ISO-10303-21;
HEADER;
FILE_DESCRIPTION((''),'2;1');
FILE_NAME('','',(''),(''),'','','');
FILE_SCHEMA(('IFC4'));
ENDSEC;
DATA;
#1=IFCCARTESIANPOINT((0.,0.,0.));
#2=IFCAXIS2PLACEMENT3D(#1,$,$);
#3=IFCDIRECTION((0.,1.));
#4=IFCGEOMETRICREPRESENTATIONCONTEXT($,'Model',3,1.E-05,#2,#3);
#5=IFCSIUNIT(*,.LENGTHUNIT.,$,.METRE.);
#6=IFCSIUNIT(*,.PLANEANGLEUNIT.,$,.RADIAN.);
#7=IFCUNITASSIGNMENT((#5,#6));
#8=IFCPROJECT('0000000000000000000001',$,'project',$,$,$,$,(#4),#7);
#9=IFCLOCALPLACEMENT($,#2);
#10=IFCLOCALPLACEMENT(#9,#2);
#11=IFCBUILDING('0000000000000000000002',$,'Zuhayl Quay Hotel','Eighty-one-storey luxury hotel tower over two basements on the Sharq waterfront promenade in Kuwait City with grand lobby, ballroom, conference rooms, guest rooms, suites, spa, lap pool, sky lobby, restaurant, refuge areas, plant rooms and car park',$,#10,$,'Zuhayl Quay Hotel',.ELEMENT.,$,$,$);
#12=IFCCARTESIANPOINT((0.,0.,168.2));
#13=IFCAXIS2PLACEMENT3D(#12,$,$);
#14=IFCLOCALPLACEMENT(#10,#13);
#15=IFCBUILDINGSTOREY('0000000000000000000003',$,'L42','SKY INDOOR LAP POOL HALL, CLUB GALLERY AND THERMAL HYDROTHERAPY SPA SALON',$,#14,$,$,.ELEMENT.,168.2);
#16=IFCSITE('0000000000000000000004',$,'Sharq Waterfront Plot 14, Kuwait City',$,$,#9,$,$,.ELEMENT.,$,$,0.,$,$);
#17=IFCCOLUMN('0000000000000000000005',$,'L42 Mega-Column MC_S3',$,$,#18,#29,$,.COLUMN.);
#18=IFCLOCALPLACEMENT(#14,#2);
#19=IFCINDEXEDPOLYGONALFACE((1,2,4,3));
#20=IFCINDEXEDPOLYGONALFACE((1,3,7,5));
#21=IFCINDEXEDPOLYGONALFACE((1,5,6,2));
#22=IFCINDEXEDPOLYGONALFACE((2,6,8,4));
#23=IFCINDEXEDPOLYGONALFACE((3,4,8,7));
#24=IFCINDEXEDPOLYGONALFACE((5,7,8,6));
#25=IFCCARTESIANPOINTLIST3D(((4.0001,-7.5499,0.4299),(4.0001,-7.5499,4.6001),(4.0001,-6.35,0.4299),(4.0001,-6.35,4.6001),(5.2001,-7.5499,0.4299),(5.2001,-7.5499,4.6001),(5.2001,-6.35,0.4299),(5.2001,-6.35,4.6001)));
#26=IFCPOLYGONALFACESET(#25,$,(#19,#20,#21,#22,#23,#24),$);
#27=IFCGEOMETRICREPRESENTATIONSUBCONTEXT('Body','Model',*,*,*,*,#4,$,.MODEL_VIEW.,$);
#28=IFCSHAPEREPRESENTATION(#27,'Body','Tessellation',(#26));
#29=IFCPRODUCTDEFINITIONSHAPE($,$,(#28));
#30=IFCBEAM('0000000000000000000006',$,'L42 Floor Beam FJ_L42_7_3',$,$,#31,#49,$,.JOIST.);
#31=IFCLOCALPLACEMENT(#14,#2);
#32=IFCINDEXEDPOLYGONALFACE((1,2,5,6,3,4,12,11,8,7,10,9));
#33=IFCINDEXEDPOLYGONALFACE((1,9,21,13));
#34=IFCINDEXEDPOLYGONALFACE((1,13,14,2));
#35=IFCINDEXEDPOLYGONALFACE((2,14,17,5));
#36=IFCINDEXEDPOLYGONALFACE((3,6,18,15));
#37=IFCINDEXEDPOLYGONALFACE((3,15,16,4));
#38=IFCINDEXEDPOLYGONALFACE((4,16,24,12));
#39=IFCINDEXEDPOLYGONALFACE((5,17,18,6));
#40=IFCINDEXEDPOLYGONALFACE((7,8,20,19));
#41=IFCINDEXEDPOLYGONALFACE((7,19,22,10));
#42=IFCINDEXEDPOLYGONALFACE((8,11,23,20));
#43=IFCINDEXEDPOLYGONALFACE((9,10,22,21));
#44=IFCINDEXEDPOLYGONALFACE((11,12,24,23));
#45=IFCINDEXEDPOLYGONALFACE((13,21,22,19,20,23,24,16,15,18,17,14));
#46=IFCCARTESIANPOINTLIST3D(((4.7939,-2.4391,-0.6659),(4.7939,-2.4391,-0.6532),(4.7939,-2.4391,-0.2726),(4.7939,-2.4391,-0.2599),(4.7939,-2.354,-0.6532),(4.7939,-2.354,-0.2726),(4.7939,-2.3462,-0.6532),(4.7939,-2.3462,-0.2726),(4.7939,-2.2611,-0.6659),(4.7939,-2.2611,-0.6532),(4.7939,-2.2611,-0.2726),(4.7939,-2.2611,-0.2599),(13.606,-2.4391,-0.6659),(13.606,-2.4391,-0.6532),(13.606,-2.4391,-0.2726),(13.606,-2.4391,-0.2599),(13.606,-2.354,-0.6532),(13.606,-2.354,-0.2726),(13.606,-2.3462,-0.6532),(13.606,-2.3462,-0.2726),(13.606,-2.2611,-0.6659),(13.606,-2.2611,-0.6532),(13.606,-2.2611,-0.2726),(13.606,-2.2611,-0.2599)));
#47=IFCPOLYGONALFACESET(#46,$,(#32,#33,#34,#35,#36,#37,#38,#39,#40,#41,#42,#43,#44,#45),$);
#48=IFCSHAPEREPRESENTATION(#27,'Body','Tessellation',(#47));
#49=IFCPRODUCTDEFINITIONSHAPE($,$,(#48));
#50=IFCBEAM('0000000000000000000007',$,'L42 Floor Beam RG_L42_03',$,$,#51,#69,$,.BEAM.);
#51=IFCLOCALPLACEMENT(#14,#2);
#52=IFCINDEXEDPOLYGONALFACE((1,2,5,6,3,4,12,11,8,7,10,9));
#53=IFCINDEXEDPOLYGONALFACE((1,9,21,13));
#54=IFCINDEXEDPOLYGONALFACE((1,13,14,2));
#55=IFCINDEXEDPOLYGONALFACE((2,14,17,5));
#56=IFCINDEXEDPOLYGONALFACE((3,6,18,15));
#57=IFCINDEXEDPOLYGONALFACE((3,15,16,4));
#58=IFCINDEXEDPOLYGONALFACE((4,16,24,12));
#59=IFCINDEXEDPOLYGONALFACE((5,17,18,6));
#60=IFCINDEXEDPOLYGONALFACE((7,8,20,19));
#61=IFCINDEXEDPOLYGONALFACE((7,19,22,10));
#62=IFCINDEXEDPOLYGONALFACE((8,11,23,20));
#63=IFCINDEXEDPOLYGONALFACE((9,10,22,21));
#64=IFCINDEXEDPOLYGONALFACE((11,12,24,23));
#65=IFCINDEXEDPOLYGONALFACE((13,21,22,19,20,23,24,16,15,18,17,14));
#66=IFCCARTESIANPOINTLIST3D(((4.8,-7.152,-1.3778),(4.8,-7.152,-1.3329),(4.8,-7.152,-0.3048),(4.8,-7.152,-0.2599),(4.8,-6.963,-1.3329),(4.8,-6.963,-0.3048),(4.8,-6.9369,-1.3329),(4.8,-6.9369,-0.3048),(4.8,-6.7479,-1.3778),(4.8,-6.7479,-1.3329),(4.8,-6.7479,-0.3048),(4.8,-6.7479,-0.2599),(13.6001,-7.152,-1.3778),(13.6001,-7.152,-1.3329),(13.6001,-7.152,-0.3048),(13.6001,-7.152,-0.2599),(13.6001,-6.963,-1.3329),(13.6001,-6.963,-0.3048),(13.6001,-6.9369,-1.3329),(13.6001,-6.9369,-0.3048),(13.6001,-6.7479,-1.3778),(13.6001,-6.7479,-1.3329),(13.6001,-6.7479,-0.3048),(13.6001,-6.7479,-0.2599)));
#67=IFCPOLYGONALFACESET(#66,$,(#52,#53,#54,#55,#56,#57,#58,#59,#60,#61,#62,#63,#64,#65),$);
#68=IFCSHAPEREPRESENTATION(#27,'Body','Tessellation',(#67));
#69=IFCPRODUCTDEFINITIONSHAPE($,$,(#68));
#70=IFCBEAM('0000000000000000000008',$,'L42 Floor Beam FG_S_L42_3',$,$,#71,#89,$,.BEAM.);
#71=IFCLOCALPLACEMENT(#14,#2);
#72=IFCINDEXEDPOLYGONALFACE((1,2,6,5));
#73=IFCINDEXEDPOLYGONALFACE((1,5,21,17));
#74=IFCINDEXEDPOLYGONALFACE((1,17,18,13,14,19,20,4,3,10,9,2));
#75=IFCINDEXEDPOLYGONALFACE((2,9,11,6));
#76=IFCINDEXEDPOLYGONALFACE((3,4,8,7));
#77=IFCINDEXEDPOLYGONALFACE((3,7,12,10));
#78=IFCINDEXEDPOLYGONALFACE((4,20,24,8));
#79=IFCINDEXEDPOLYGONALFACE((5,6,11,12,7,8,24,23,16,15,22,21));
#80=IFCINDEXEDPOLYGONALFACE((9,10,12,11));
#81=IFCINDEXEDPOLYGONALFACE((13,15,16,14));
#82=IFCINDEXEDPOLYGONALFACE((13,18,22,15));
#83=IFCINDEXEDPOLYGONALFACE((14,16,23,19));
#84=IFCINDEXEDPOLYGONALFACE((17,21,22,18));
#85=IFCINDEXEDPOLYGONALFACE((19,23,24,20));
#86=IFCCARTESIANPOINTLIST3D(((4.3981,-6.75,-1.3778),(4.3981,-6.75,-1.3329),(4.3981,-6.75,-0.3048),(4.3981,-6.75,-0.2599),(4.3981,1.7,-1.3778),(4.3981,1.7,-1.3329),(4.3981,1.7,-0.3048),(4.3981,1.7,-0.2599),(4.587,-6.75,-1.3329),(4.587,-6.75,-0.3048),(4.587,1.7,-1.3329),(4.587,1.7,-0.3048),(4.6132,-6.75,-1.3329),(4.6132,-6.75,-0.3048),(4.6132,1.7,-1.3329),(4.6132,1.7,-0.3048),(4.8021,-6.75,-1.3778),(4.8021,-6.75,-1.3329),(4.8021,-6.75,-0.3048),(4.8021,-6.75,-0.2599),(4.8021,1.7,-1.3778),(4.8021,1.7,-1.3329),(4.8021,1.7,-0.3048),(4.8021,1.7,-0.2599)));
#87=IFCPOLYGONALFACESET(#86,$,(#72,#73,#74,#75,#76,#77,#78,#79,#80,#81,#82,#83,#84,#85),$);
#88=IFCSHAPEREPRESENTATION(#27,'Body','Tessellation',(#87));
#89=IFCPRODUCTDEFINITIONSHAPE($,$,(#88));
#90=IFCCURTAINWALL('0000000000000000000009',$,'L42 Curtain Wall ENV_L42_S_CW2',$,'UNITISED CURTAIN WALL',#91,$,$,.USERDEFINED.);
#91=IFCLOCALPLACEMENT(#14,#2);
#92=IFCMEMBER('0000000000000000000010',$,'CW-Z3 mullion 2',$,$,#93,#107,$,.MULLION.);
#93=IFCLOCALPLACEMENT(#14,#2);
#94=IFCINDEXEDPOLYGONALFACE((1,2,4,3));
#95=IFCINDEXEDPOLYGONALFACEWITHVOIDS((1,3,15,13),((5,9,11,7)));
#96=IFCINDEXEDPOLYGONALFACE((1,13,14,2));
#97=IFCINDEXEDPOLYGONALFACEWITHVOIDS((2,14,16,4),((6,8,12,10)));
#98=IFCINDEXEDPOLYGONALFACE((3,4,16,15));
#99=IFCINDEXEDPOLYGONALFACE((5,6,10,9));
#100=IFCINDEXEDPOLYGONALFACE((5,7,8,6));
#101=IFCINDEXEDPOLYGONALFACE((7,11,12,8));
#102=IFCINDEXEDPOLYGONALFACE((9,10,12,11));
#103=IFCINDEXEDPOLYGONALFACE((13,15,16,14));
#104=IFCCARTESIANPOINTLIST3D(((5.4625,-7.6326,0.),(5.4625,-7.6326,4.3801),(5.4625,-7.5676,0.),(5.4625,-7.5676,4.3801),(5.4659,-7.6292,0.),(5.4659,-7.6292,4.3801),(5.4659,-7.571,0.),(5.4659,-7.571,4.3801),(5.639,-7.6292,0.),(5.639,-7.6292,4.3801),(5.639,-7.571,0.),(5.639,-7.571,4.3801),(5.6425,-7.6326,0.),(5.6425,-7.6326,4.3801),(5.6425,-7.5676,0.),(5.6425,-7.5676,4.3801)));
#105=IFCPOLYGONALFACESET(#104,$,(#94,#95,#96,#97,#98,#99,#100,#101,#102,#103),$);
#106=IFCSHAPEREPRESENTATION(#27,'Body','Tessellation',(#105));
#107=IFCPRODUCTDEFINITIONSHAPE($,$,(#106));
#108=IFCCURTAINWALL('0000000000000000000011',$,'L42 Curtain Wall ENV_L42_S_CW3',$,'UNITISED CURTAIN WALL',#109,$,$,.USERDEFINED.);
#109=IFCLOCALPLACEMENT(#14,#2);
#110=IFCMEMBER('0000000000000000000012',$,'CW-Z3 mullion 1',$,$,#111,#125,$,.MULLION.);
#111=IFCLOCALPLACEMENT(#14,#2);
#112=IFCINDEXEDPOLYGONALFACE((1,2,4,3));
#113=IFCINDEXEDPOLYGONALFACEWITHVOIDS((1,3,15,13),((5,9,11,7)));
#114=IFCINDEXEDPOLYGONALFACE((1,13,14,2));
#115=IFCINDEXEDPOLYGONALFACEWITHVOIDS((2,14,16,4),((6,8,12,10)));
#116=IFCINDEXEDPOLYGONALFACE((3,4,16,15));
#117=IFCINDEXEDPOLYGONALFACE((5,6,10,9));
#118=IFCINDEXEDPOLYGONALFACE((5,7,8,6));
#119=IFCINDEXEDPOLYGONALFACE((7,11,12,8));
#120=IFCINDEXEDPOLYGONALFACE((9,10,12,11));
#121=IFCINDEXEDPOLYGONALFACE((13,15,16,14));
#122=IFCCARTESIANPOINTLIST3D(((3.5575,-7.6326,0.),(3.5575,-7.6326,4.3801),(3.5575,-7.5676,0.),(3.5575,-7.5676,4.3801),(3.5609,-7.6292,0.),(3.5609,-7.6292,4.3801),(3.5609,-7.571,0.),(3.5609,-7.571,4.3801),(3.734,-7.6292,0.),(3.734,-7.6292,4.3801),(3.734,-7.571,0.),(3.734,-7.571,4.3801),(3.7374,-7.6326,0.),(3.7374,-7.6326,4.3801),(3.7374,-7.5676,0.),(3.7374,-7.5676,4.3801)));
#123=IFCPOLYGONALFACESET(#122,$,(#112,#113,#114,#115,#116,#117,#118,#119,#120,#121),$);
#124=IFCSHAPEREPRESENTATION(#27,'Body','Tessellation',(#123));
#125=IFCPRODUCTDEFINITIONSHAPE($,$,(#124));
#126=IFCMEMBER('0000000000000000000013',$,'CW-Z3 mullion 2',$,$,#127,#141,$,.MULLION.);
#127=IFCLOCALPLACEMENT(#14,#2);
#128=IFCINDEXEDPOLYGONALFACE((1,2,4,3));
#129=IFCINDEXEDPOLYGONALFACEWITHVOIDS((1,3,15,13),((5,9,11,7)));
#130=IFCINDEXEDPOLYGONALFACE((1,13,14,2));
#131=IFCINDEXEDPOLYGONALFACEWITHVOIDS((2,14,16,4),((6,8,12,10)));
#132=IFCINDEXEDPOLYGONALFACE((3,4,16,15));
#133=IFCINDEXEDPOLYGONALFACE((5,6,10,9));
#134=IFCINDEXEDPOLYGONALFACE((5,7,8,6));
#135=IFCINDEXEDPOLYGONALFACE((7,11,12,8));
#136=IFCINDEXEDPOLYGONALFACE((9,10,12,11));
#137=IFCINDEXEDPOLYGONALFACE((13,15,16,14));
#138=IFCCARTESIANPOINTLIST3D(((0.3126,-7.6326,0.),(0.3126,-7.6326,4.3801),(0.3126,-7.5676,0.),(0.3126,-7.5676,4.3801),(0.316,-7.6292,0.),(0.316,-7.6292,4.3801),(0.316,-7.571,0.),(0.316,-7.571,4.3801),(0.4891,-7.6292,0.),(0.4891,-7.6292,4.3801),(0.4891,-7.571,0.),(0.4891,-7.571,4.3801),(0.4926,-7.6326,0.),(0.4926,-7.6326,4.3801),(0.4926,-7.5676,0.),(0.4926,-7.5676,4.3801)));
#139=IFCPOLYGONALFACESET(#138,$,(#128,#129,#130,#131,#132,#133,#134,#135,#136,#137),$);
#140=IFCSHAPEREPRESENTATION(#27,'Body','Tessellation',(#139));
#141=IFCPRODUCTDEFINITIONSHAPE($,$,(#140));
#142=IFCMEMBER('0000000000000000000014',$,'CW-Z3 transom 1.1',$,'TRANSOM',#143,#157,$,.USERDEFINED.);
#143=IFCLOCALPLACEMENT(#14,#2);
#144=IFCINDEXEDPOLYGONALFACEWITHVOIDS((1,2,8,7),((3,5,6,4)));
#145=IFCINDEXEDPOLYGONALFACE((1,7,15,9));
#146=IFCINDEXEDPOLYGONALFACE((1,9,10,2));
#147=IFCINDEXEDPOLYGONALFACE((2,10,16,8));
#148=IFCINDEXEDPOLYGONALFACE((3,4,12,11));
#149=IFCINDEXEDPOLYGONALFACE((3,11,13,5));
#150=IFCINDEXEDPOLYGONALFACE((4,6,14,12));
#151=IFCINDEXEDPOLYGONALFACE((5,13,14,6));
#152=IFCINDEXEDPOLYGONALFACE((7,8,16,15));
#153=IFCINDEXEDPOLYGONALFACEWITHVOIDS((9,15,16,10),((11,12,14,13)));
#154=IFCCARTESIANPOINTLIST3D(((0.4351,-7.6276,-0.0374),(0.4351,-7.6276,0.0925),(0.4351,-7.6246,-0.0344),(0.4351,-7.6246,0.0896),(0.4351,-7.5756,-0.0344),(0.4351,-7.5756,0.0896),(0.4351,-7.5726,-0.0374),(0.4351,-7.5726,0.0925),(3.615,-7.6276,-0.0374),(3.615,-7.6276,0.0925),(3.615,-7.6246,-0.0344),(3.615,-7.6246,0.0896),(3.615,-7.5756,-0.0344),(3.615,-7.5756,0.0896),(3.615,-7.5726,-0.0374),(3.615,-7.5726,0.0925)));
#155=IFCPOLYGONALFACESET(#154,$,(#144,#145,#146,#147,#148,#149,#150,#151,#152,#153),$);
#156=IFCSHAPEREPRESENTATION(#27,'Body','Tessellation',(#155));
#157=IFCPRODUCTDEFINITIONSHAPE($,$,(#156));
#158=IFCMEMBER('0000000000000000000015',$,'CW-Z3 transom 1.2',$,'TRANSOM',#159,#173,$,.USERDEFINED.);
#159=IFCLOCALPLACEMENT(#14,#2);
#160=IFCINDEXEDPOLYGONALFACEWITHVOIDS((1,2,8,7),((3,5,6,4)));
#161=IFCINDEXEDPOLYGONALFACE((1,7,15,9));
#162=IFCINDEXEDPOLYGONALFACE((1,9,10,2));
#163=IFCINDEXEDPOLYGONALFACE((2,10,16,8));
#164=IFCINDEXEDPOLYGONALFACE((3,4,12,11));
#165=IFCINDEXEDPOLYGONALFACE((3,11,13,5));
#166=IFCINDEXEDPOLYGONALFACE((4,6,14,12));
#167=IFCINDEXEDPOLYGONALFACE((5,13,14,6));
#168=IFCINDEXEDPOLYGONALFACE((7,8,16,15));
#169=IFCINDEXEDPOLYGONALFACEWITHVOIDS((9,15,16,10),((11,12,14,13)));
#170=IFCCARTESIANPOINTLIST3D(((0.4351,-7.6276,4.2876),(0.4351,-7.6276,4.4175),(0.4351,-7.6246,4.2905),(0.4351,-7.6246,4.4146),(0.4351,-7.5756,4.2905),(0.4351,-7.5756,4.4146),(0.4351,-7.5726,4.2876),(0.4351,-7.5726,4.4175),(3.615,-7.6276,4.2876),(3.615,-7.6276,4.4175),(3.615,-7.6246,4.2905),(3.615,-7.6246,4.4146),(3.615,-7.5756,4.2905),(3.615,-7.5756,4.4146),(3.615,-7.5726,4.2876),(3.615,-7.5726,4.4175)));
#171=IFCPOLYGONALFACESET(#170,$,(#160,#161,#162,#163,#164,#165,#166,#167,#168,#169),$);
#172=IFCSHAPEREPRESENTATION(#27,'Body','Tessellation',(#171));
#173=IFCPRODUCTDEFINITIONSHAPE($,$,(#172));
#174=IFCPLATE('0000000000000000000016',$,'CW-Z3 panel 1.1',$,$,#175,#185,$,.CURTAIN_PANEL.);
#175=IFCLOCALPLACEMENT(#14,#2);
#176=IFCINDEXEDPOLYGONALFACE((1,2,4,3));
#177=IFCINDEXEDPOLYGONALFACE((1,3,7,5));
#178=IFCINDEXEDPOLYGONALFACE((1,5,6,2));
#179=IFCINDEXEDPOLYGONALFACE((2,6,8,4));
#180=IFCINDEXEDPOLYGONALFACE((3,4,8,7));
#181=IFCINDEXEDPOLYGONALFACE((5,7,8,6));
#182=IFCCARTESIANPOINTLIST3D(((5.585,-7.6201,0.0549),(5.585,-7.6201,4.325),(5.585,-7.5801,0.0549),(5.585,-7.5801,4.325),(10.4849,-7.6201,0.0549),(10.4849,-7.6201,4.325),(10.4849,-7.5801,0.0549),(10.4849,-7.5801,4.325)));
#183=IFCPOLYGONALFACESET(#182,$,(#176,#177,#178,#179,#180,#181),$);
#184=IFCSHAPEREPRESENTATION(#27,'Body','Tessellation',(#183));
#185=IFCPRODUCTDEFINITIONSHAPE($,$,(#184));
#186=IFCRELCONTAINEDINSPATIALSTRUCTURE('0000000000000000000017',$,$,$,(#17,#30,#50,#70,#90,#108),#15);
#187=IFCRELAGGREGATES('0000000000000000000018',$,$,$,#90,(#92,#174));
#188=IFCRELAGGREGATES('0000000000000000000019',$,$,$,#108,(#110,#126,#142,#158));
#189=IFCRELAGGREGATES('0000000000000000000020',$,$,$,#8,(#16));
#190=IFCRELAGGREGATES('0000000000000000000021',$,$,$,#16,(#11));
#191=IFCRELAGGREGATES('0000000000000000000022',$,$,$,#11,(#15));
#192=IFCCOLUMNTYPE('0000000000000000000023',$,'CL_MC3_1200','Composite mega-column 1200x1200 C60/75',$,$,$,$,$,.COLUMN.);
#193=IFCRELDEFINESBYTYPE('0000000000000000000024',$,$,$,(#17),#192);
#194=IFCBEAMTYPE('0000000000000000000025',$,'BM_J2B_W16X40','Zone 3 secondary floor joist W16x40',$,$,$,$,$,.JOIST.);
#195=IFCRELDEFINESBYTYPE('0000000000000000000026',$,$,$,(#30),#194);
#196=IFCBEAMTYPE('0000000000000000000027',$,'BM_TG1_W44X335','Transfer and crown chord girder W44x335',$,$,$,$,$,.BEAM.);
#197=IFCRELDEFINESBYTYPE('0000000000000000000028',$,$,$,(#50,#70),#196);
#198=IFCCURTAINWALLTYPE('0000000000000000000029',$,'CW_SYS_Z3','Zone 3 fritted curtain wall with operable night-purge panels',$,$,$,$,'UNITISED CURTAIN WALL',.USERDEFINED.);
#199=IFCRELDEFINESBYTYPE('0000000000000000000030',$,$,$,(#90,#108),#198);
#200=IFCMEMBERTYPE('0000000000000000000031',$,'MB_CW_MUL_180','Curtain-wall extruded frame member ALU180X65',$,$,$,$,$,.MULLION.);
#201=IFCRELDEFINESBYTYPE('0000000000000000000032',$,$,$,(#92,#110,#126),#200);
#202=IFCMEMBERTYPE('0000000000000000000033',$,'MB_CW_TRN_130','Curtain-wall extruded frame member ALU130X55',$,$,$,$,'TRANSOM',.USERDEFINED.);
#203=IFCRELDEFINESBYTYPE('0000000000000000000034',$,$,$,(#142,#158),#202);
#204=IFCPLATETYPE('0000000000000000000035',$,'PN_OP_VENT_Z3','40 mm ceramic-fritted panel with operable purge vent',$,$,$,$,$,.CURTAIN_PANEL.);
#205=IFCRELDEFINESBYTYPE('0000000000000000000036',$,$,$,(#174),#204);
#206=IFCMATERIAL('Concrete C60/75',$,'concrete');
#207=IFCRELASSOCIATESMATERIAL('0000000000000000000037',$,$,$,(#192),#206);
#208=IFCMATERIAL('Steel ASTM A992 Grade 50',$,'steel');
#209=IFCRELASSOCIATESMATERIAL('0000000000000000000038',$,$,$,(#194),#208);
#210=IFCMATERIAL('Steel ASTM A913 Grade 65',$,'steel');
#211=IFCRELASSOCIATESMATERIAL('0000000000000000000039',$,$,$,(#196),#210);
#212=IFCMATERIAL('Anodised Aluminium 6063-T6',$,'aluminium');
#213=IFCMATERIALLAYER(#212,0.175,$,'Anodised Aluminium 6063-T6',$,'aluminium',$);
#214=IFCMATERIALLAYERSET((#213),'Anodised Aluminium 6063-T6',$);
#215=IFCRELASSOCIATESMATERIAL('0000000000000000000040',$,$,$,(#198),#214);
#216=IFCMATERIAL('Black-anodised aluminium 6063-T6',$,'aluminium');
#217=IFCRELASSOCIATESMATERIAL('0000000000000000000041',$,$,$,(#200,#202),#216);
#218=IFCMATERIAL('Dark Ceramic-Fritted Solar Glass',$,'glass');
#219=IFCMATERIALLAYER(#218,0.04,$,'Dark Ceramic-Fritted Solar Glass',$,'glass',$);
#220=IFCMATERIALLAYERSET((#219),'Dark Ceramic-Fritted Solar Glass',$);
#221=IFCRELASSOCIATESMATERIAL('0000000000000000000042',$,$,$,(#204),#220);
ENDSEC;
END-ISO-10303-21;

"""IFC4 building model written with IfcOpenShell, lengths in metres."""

from ifc_helpers import new_model, si_unit, direction, frame, origin, origin_2d, place, context, subcontext, project, spatial, rectangle, hollow_rectangle, i_section, extrude, material, layer, layer_set, material_profile, profile_set, type_object, element, aggregate, save


model = new_model("IFC4")

# Units and contexts
model_context = context("Model", 3, precision=1e-05, world=origin(), true_north=direction((0.0, 1.0)))
body_context = subcontext(model_context, "Body", "Model", "MODEL_VIEW")
ifc_project = project(units=[si_unit("LENGTHUNIT", "METRE"), si_unit("PLANEANGLEUNIT", "RADIAN")], contexts=[model_context])

# Site, building, storey
site_placement = place(None, origin())
site = spatial("IfcSite", under=ifc_project, at=site_placement, Name="Sharq Waterfront Plot 14, Kuwait City", CompositionType="ELEMENT", RefElevation=0.0)
building_placement = place(site_placement, origin())
building = spatial("IfcBuilding", under=site, at=building_placement, Name="Zuhayl Quay Hotel", Description="Eighty-one-storey luxury hotel tower over two basements on the Sharq waterfront promenade in Kuwait City with grand lobby, ballroom, conference rooms, guest rooms, suites, spa, lap pool, sky lobby, restaurant, refuge areas, plant rooms and car park", LongName="Zuhayl Quay Hotel", CompositionType="ELEMENT")
storey_placement = place(building_placement, frame((0.0, 0.0, 168.2)))
storey = spatial("IfcBuildingStorey", under=building, at=storey_placement, Name="L42", Description="SKY INDOOR LAP POOL HALL, CLUB GALLERY AND THERMAL HYDROTHERAPY SPA SALON", CompositionType="ELEMENT", Elevation=168.2)

# Column
ifc_material_1 = material(Name="Concrete C60/75", Category="concrete")
ifc_material_profile_1 = material_profile(ifc_material_1, rectangle(XDim=1.2, YDim=1.2, at=origin_2d()), Name="RC1200X1200")
ifc_profile_set_1 = profile_set([ifc_material_profile_1], Name="Concrete C60/75")
column_type = type_object("IfcColumnType", Name="CL_MC3_1200", Description="Composite mega-column 1200x1200 C60/75", PredefinedType="COLUMN", material=ifc_profile_set_1)
column_placement = place(storey_placement, frame((4.6001, -6.95, 0.4299), z_axis=(0.0, 0.0, 1.0), x_axis=(1.0, 0.0, 0.0)))
element("IfcColumn", 1, at=column_placement, inside=storey, type_object=column_type, Name="L42 Mega-Column MC_S3", PredefinedType="COLUMN", context=body_context, shape_type="SweptSolid", body=[
    extrude(rectangle(XDim=1.2, YDim=1.2, at=origin_2d()), origin(), (0.0, 0.0, 1.0), 4.1702),
])

# Beams
ifc_material_2 = material(Name="Steel ASTM A992 Grade 50", Category="steel")
ifc_material_profile_2 = material_profile(ifc_material_2, i_section(OverallWidth=0.178, OverallDepth=0.406, WebThickness=0.0078, FlangeThickness=0.0127, at=origin_2d()), Name="W16X40")
ifc_profile_set_2 = profile_set([ifc_material_profile_2], Name="Steel ASTM A992 Grade 50")
beam_type_1 = type_object("IfcBeamType", Name="BM_J2B_W16X40", Description="Zone 3 secondary floor joist W16x40", PredefinedType="JOIST", material=ifc_profile_set_2)
beam_1_placement = place(storey_placement, frame((4.7939, -2.3501, -0.4629), z_axis=(1.0, 0.0, 0.0), x_axis=(0.0, 1.0, 0.0)))
element("IfcBeam", 2, at=beam_1_placement, inside=storey, type_object=beam_type_1, Name="L42 Floor Beam FJ_L42_7_3", PredefinedType="JOIST", context=body_context, shape_type="SweptSolid", body=[
    extrude(i_section(OverallWidth=0.178, OverallDepth=0.406, WebThickness=0.0078, FlangeThickness=0.0127, at=origin_2d()), origin(), (0.0, 0.0, 1.0), 8.812),
])
ifc_material_3 = material(Name="Steel ASTM A913 Grade 65", Category="steel")
ifc_material_profile_3 = material_profile(ifc_material_3, i_section(OverallWidth=0.4041, OverallDepth=1.1179, WebThickness=0.0261, FlangeThickness=0.0449, at=origin_2d()), Name="W44X335")
ifc_profile_set_3 = profile_set([ifc_material_profile_3], Name="Steel ASTM A913 Grade 65")
beam_type_2 = type_object("IfcBeamType", Name="BM_TG1_W44X335", Description="Transfer and crown chord girder W44x335", PredefinedType="BEAM", material=ifc_profile_set_3)
beam_2_placement = place(storey_placement, frame((4.8, -6.95, -0.8188), z_axis=(1.0, 0.0, 0.0), x_axis=(0.0, 1.0, 0.0)))
element("IfcBeam", 3, at=beam_2_placement, inside=storey, type_object=beam_type_2, Name="L42 Floor Beam RG_L42_03", PredefinedType="BEAM", context=body_context, shape_type="SweptSolid", body=[
    extrude(i_section(OverallWidth=0.4041, OverallDepth=1.1179, WebThickness=0.0261, FlangeThickness=0.0449, at=origin_2d()), origin(), (0.0, 0.0, 1.0), 8.8),
])
beam_3_placement = place(storey_placement, frame((4.6001, -6.75, -0.8188), z_axis=(0.0, 1.0, 0.0), x_axis=(-1.0, 0.0, 0.0)))
element("IfcBeam", 4, at=beam_3_placement, inside=storey, type_object=beam_type_2, Name="L42 Floor Beam FG_S_L42_3", PredefinedType="BEAM", context=body_context, shape_type="SweptSolid", body=[
    extrude(i_section(OverallWidth=0.4041, OverallDepth=1.1179, WebThickness=0.0261, FlangeThickness=0.0449, at=origin_2d()), origin(), (0.0, 0.0, 1.0), 8.45),
])

# Curtain wall, member
ifc_material_4 = material(Name="Anodised Aluminium 6063-T6", Category="aluminium")
ifc_layer_1 = layer(ifc_material_4, 0.175, Name="Anodised Aluminium 6063-T6", Category="aluminium")
ifc_layer_set_1 = layer_set([ifc_layer_1], Name="Anodised Aluminium 6063-T6")
curtain_wall_type = type_object("IfcCurtainWallType", Name="CW_SYS_Z3", Description="Zone 3 fritted curtain wall with operable night-purge panels", ElementType="UNITISED CURTAIN WALL", PredefinedType="USERDEFINED", material=ifc_layer_set_1)
curtain_wall_1_placement = place(storey_placement, origin())
curtain_wall_1 = element("IfcCurtainWall", 5, at=curtain_wall_1_placement, inside=storey, type_object=curtain_wall_type, Name="L42 Curtain Wall ENV_L42_S_CW2", ObjectType="UNITISED CURTAIN WALL", PredefinedType="USERDEFINED")
ifc_material_5 = material(Name="Black-anodised aluminium 6063-T6", Category="aluminium")
ifc_material_profile_4 = material_profile(ifc_material_5, hollow_rectangle(XDim=0.0649, YDim=0.1799, WallThickness=0.0034, at=origin_2d()), Name="ALU180X65")
ifc_profile_set_4 = profile_set([ifc_material_profile_4], Name="Black-anodised aluminium 6063-T6")
member_type_1 = type_object("IfcMemberType", Name="MB_CW_MUL_180", Description="Curtain-wall extruded frame member ALU180X65", PredefinedType="MULLION", material=ifc_profile_set_4)
member_1_placement = place(storey_placement, frame((5.5525, -7.6001, 0.0), z_axis=(0.0, 0.0, 1.0), x_axis=(0.0, -1.0, 0.0)))
member_1 = element("IfcMember", 6, at=member_1_placement, type_object=member_type_1, Name="CW-Z3 mullion 2", PredefinedType="MULLION", context=body_context, shape_type="SweptSolid", body=[
    extrude(hollow_rectangle(XDim=0.0649, YDim=0.1799, WallThickness=0.0034, at=origin_2d()), origin(), (0.0, 0.0, 1.0), 4.3801),
])

# Curtain wall, members
curtain_wall_2_placement = place(storey_placement, origin())
curtain_wall_2 = element("IfcCurtainWall", 7, at=curtain_wall_2_placement, inside=storey, type_object=curtain_wall_type, Name="L42 Curtain Wall ENV_L42_S_CW3", ObjectType="UNITISED CURTAIN WALL", PredefinedType="USERDEFINED")
member_2_placement = place(storey_placement, frame((3.6475, -7.6001, 0.0), z_axis=(0.0, 0.0, 1.0), x_axis=(0.0, -1.0, 0.0)))
member_2 = element("IfcMember", 8, at=member_2_placement, type_object=member_type_1, Name="CW-Z3 mullion 1", PredefinedType="MULLION", context=body_context, shape_type="SweptSolid", body=[
    extrude(hollow_rectangle(XDim=0.0649, YDim=0.1799, WallThickness=0.0034, at=origin_2d()), origin(), (0.0, 0.0, 1.0), 4.3801),
])
member_3_placement = place(storey_placement, frame((0.4026, -7.6001, 0.0), z_axis=(0.0, 0.0, 1.0), x_axis=(0.0, -1.0, 0.0)))
member_3 = element("IfcMember", 9, at=member_3_placement, type_object=member_type_1, Name="CW-Z3 mullion 2", PredefinedType="MULLION", context=body_context, shape_type="SweptSolid", body=[
    extrude(hollow_rectangle(XDim=0.0649, YDim=0.1799, WallThickness=0.0034, at=origin_2d()), origin(), (0.0, 0.0, 1.0), 4.3801),
])
ifc_material_profile_5 = material_profile(ifc_material_5, hollow_rectangle(XDim=0.0549, YDim=0.1299, WallThickness=0.0029, at=origin_2d()), Name="ALU130X55")
ifc_profile_set_5 = profile_set([ifc_material_profile_5], Name="Black-anodised aluminium 6063-T6")
member_type_2 = type_object("IfcMemberType", Name="MB_CW_TRN_130", Description="Curtain-wall extruded frame member ALU130X55", ElementType="TRANSOM", PredefinedType="USERDEFINED", material=ifc_profile_set_5)
member_4_placement = place(storey_placement, frame((3.615, -7.6001, 0.0276), z_axis=(-1.0, 0.0, 0.0), x_axis=(0.0, -1.0, 0.0)))
member_4 = element("IfcMember", 10, at=member_4_placement, type_object=member_type_2, Name="CW-Z3 transom 1.1", ObjectType="TRANSOM", PredefinedType="USERDEFINED", context=body_context, shape_type="SweptSolid", body=[
    extrude(hollow_rectangle(XDim=0.0549, YDim=0.1299, WallThickness=0.0029, at=origin_2d()), origin(), (0.0, 0.0, 1.0), 3.1799),
])
member_5_placement = place(storey_placement, frame((3.615, -7.6001, 4.3525), z_axis=(-1.0, 0.0, 0.0), x_axis=(0.0, -1.0, 0.0)))
member_5 = element("IfcMember", 11, at=member_5_placement, type_object=member_type_2, Name="CW-Z3 transom 1.2", ObjectType="TRANSOM", PredefinedType="USERDEFINED", context=body_context, shape_type="SweptSolid", body=[
    extrude(hollow_rectangle(XDim=0.0549, YDim=0.1299, WallThickness=0.0029, at=origin_2d()), origin(), (0.0, 0.0, 1.0), 3.1799),
])

# Plate
ifc_material_6 = material(Name="Dark Ceramic-Fritted Solar Glass", Category="glass")
ifc_layer_2 = layer(ifc_material_6, 0.04, Name="Dark Ceramic-Fritted Solar Glass", Category="glass")
ifc_layer_set_2 = layer_set([ifc_layer_2], Name="Dark Ceramic-Fritted Solar Glass")
plate_type = type_object("IfcPlateType", Name="PN_OP_VENT_Z3", Description="40 mm ceramic-fritted panel with operable purge vent", PredefinedType="CURTAIN_PANEL", material=ifc_layer_set_2)
plate_1_placement = place(storey_placement, frame((8.0349, -7.6001, 0.0549), z_axis=(0.0, 0.0, 1.0), x_axis=(-1.0, 0.0, 0.0)))
plate_1 = element("IfcPlate", 12, at=plate_1_placement, type_object=plate_type, Name="CW-Z3 panel 1.1", PredefinedType="CURTAIN_PANEL", context=body_context, shape_type="SweptSolid", body=[
    extrude(rectangle(XDim=4.8999, YDim=0.04, at=origin_2d()), origin(), (0.0, 0.0, 1.0), 4.27),
])
aggregate(curtain_wall_1, [member_1, plate_1])
aggregate(curtain_wall_2, [member_2, member_3, member_4, member_5])

save(model, "model.ifc")
